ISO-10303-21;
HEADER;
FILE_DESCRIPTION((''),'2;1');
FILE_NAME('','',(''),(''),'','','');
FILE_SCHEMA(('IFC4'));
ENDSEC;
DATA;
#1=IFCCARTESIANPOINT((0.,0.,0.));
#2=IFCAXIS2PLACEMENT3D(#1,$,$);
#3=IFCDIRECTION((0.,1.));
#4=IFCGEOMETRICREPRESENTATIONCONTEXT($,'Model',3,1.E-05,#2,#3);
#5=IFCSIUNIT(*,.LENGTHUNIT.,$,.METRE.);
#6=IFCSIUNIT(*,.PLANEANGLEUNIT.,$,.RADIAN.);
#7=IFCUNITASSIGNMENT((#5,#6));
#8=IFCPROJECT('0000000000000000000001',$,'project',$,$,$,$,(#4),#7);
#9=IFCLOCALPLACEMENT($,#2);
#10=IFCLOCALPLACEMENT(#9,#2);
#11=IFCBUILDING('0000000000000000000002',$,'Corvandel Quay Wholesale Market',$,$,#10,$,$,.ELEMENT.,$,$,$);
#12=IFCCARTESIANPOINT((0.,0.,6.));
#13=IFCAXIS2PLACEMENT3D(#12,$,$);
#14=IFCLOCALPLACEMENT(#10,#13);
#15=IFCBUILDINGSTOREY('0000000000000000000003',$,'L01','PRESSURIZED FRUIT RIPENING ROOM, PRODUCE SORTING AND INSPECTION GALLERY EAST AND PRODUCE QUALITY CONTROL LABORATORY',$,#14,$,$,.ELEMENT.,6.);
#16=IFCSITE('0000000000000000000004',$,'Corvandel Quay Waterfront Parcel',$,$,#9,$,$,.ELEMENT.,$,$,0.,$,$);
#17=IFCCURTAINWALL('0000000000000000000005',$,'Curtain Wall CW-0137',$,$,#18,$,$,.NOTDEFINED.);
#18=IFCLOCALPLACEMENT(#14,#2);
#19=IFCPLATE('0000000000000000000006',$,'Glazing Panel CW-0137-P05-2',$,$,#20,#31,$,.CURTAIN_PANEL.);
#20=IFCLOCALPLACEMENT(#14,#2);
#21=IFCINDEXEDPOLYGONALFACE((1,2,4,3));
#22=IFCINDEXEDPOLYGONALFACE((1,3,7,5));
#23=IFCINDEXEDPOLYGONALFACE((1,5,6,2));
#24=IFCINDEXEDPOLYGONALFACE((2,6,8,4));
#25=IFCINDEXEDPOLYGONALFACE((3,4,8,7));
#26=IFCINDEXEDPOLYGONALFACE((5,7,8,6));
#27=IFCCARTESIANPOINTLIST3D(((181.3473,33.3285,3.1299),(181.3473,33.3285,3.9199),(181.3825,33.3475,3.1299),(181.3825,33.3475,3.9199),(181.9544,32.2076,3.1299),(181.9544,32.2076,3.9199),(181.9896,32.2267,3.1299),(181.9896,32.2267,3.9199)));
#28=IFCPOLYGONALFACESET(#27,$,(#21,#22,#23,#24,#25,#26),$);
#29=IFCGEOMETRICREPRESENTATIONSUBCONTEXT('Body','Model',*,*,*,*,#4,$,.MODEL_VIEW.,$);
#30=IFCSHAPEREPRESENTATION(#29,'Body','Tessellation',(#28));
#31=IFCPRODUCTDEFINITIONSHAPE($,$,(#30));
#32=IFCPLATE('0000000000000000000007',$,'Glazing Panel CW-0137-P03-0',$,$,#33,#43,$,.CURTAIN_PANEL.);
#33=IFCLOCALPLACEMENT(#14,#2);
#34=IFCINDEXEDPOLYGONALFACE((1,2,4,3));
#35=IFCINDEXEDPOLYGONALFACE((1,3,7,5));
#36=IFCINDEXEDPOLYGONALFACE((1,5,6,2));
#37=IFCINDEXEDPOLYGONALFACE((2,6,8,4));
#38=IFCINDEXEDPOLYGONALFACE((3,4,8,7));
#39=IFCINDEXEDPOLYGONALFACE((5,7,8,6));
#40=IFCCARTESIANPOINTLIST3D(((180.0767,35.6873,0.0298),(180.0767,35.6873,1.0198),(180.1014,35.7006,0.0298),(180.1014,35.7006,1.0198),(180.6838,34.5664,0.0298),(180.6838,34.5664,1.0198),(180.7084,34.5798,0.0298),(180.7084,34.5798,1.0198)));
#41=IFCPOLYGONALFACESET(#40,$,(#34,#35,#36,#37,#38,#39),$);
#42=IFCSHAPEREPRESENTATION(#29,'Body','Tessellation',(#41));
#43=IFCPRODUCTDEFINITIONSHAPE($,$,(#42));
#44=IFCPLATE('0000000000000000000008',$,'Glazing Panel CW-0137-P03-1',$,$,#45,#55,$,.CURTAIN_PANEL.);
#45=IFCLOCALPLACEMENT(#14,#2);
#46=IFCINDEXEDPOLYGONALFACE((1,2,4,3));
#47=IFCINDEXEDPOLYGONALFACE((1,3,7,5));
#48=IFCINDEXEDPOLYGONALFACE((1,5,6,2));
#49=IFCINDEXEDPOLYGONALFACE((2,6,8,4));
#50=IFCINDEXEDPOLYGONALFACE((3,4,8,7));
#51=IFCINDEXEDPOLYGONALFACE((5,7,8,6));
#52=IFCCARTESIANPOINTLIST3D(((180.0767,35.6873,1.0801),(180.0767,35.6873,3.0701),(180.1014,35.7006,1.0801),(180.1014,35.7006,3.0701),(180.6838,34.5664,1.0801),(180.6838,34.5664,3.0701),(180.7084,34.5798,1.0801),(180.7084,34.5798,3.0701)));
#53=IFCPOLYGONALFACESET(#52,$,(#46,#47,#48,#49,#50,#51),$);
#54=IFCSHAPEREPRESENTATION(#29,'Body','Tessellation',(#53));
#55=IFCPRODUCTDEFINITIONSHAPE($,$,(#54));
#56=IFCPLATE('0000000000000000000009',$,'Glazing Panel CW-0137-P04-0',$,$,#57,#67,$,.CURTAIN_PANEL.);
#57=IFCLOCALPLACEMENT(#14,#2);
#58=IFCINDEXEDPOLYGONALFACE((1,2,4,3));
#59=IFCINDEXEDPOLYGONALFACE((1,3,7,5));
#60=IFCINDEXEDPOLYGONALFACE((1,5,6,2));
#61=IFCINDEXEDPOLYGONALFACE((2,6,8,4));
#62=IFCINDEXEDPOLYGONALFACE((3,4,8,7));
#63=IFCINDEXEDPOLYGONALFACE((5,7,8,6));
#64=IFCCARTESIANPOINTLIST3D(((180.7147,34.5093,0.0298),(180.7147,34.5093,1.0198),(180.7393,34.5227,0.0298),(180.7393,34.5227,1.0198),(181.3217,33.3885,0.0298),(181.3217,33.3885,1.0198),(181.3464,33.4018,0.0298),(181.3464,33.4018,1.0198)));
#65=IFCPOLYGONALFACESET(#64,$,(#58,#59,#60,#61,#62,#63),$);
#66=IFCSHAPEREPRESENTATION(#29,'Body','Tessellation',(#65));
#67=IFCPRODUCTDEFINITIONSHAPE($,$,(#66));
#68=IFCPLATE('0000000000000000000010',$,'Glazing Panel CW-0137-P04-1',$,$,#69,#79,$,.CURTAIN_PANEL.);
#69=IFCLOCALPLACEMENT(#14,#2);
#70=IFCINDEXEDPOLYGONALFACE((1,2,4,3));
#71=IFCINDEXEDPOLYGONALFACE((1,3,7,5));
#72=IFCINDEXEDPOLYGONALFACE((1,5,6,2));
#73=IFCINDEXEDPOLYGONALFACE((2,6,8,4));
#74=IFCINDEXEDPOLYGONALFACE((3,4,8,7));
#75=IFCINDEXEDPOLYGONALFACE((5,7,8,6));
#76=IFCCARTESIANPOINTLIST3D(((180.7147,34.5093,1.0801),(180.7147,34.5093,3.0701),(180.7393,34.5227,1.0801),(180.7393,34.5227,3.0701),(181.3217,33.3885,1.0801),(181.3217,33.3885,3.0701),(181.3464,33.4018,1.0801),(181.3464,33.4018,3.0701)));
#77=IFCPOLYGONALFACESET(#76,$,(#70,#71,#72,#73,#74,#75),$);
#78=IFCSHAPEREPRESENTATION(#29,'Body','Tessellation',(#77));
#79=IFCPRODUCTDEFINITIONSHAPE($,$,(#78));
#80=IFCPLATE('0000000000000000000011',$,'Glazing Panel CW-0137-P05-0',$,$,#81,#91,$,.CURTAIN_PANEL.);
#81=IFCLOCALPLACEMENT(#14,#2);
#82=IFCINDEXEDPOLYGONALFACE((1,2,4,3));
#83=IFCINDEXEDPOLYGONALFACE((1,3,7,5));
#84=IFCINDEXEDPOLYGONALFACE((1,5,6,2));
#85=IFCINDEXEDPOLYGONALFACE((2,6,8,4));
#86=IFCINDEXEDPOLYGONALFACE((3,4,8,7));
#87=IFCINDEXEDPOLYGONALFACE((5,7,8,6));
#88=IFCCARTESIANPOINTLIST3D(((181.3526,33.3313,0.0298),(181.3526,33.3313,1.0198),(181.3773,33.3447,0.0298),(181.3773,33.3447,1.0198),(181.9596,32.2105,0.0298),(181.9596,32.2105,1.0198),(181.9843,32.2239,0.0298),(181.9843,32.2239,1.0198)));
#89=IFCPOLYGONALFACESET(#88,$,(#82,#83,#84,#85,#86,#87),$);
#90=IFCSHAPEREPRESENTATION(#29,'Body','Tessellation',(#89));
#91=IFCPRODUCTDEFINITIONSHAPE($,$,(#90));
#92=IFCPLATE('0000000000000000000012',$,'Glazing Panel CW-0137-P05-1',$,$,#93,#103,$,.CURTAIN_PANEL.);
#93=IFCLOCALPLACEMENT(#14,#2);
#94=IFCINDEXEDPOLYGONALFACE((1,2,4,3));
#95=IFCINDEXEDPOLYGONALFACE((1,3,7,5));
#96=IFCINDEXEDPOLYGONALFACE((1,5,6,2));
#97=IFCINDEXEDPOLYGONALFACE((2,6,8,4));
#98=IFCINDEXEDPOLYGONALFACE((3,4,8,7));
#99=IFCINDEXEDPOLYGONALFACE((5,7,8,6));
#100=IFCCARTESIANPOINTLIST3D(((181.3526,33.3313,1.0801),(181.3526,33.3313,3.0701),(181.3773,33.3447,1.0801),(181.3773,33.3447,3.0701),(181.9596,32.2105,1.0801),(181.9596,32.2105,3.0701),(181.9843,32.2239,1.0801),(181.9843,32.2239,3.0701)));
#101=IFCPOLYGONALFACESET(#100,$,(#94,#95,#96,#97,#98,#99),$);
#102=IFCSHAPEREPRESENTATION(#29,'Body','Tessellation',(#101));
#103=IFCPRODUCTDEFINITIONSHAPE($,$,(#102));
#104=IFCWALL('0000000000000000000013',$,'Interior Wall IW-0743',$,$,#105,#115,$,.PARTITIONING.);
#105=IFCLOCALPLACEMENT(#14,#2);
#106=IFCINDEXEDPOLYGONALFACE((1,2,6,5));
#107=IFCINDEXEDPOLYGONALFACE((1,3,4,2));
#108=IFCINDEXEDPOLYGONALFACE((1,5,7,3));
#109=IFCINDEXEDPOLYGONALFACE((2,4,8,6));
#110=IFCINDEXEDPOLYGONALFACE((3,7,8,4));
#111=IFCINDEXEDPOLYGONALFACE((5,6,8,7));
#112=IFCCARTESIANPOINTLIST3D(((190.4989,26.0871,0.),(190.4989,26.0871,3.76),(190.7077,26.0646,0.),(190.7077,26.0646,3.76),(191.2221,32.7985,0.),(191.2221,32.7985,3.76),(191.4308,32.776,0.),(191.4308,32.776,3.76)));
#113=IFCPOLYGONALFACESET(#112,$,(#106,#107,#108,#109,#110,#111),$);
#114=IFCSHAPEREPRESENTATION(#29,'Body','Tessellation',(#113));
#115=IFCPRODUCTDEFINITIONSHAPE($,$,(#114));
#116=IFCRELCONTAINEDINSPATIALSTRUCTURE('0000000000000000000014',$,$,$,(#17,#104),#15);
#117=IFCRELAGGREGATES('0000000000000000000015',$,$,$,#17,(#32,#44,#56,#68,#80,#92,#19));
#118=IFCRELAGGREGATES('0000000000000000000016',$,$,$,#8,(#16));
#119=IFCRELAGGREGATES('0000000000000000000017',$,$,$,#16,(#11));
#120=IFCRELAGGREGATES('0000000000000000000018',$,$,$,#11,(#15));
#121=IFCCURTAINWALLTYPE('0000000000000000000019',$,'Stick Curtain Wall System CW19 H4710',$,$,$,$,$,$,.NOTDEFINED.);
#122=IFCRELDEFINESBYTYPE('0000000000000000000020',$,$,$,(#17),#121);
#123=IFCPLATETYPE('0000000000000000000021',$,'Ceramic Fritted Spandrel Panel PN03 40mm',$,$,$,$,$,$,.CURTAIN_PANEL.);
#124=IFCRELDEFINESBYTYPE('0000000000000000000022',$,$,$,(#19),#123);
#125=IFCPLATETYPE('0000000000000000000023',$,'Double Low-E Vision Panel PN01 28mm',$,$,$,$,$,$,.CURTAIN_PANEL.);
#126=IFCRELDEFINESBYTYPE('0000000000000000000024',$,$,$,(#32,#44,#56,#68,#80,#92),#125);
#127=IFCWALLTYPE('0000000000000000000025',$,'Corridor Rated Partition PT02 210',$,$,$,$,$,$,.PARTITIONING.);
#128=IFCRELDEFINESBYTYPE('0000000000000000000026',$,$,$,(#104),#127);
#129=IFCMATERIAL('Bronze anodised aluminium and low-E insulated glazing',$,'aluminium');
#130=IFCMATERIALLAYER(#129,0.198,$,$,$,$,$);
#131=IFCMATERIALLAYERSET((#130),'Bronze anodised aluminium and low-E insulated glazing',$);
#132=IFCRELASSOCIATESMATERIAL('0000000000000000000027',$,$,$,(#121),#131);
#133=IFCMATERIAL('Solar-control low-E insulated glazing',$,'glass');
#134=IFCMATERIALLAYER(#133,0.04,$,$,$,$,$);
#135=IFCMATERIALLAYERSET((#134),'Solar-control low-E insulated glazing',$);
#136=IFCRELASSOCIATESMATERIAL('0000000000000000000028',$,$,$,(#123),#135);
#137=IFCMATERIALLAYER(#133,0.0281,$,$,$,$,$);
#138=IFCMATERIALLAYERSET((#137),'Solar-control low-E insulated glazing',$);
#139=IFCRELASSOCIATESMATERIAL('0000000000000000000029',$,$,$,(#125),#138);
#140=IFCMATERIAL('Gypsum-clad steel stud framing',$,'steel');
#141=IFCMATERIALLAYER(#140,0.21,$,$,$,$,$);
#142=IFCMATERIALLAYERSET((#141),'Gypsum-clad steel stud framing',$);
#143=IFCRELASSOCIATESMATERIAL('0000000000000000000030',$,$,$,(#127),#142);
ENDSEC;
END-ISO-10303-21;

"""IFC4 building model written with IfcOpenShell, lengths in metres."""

from ifc_helpers import new_model, si_unit, direction, frame, frame_2d, origin, origin_2d, place, context, subcontext, project, spatial, rectangle, extrude, material, layer, layer_set, type_object, element, aggregate, save


model = new_model("IFC4")

# Units and contexts
model_context = context("Model", 3, precision=1e-05, world=origin(), true_north=direction((0.0, 1.0)))
body_context = subcontext(model_context, "Body", "Model", "MODEL_VIEW")
ifc_project = project(units=[si_unit("LENGTHUNIT", "METRE"), si_unit("PLANEANGLEUNIT", "RADIAN")], contexts=[model_context])

# Site, building, storey
site_placement = place(None, origin())
site = spatial("IfcSite", under=ifc_project, at=site_placement, Name="Corvandel Quay Waterfront Parcel", CompositionType="ELEMENT", RefElevation=0.0)
building_placement = place(site_placement, origin())
building = spatial("IfcBuilding", under=site, at=building_placement, Name="Corvandel Quay Wholesale Market", CompositionType="ELEMENT")
storey_placement = place(building_placement, frame((0.0, 0.0, 6.0)))
storey = spatial("IfcBuildingStorey", under=building, at=storey_placement, Name="L01", Description="PRESSURIZED FRUIT RIPENING ROOM, PRODUCE SORTING AND INSPECTION GALLERY EAST AND PRODUCE QUALITY CONTROL LABORATORY", CompositionType="ELEMENT", Elevation=6.0)

# Curtain wall, plates
ifc_material_1 = material(Name="Bronze anodised aluminium and low-E insulated glazing", Category="aluminium")
ifc_layer_1 = layer(ifc_material_1, 0.198)
ifc_layer_set_1 = layer_set([ifc_layer_1], Name="Bronze anodised aluminium and low-E insulated glazing")
curtain_wall_type = type_object("IfcCurtainWallType", Name="Stick Curtain Wall System CW19 H4710", PredefinedType="NOTDEFINED", material=ifc_layer_set_1)
curtain_wall_placement = place(storey_placement, origin())
curtain_wall = element("IfcCurtainWall", 1, at=curtain_wall_placement, inside=storey, type_object=curtain_wall_type, Name="Curtain Wall CW-0137", PredefinedType="NOTDEFINED")
ifc_material_2 = material(Name="Solar-control low-E insulated glazing", Category="glass")
ifc_layer_2 = layer(ifc_material_2, 0.04)
ifc_layer_set_2 = layer_set([ifc_layer_2], Name="Solar-control low-E insulated glazing")
plate_type_1 = type_object("IfcPlateType", Name="Ceramic Fritted Spandrel Panel PN03 40mm", PredefinedType="CURTAIN_PANEL", material=ifc_layer_set_2)
plate_1_placement = place(storey_placement, frame((181.6685, 32.7776, 3.1299), z_axis=(0.0, 0.0, 1.0), x_axis=(-0.476238, 0.879316, 0.0)))
plate_1 = element("IfcPlate", 2, at=plate_1_placement, type_object=plate_type_1, Name="Glazing Panel CW-0137-P05-2", PredefinedType="CURTAIN_PANEL", context=body_context, shape_type="SweptSolid", body=[
    extrude(rectangle(XDim=1.2747, YDim=0.04, at=origin_2d()), origin(), (0.0, 0.0, 1.0), 0.79),
])
ifc_layer_3 = layer(ifc_material_2, 0.0281)
ifc_layer_set_3 = layer_set([ifc_layer_3], Name="Solar-control low-E insulated glazing")
plate_type_2 = type_object("IfcPlateType", Name="Double Low-E Vision Panel PN01 28mm", PredefinedType="CURTAIN_PANEL", material=ifc_layer_set_3)
plate_2_placement = place(storey_placement, frame((180.3926, 35.1335, 0.0298), z_axis=(0.0, 0.0, 1.0), x_axis=(-0.476238, 0.879316, 0.0)))
plate_2 = element("IfcPlate", 3, at=plate_2_placement, type_object=plate_type_2, Name="Glazing Panel CW-0137-P03-0", PredefinedType="CURTAIN_PANEL", context=body_context, shape_type="SweptSolid", body=[
    extrude(rectangle(XDim=1.2747, YDim=0.0281, at=origin_2d()), origin(), (0.0, 0.0, 1.0), 0.99),
])
plate_3_placement = place(storey_placement, frame((180.3926, 35.1335, 1.0801), z_axis=(0.0, 0.0, 1.0), x_axis=(-0.476238, 0.879316, 0.0)))
plate_3 = element("IfcPlate", 4, at=plate_3_placement, type_object=plate_type_2, Name="Glazing Panel CW-0137-P03-1", PredefinedType="CURTAIN_PANEL", context=body_context, shape_type="SweptSolid", body=[
    extrude(rectangle(XDim=1.2747, YDim=0.0281, at=origin_2d()), origin(), (0.0, 0.0, 1.0), 1.99),
])
plate_4_placement = place(storey_placement, frame((181.0305, 33.9556, 0.0298), z_axis=(0.0, 0.0, 1.0), x_axis=(-0.476238, 0.879316, 0.0)))
plate_4 = element("IfcPlate", 5, at=plate_4_placement, type_object=plate_type_2, Name="Glazing Panel CW-0137-P04-0", PredefinedType="CURTAIN_PANEL", context=body_context, shape_type="SweptSolid", body=[
    extrude(rectangle(XDim=1.2747, YDim=0.0281, at=origin_2d()), origin(), (0.0, 0.0, 1.0), 0.99),
])
plate_5_placement = place(storey_placement, frame((181.0305, 33.9556, 1.0801), z_axis=(0.0, 0.0, 1.0), x_axis=(-0.476238, 0.879316, 0.0)))
plate_5 = element("IfcPlate", 6, at=plate_5_placement, type_object=plate_type_2, Name="Glazing Panel CW-0137-P04-1", PredefinedType="CURTAIN_PANEL", context=body_context, shape_type="SweptSolid", body=[
    extrude(rectangle(XDim=1.2747, YDim=0.0281, at=origin_2d()), origin(), (0.0, 0.0, 1.0), 1.99),
])
plate_6_placement = place(storey_placement, frame((181.6685, 32.7776, 0.0298), z_axis=(0.0, 0.0, 1.0), x_axis=(-0.476238, 0.879316, 0.0)))
plate_6 = element("IfcPlate", 7, at=plate_6_placement, type_object=plate_type_2, Name="Glazing Panel CW-0137-P05-0", PredefinedType="CURTAIN_PANEL", context=body_context, shape_type="SweptSolid", body=[
    extrude(rectangle(XDim=1.2747, YDim=0.0281, at=origin_2d()), origin(), (0.0, 0.0, 1.0), 0.99),
])
plate_7_placement = place(storey_placement, frame((181.6685, 32.7776, 1.0801), z_axis=(0.0, 0.0, 1.0), x_axis=(-0.476238, 0.879316, 0.0)))
plate_7 = element("IfcPlate", 8, at=plate_7_placement, type_object=plate_type_2, Name="Glazing Panel CW-0137-P05-1", PredefinedType="CURTAIN_PANEL", context=body_context, shape_type="SweptSolid", body=[
    extrude(rectangle(XDim=1.2747, YDim=0.0281, at=origin_2d()), origin(), (0.0, 0.0, 1.0), 1.99),
])
aggregate(curtain_wall, [plate_2, plate_3, plate_4, plate_5, plate_6, plate_7, plate_1])

# Wall
ifc_material_3 = material(Name="Gypsum-clad steel stud framing", Category="steel")
ifc_layer_4 = layer(ifc_material_3, 0.21)
ifc_layer_set_4 = layer_set([ifc_layer_4], Name="Gypsum-clad steel stud framing")
wall_type = type_object("IfcWallType", Name="Corridor Rated Partition PT02 210", PredefinedType="PARTITIONING", material=ifc_layer_set_4)
wall_placement = place(storey_placement, frame((191.3264, 32.7871, 0.0), z_axis=(0.0, 0.0, 1.0), x_axis=(-0.107128, -0.994245, 0.0)))
element("IfcWall", 9, at=wall_placement, inside=storey, type_object=wall_type, Name="Interior Wall IW-0743", PredefinedType="PARTITIONING", context=body_context, shape_type="SweptSolid", body=[
    extrude(rectangle(XDim=6.7502, YDim=0.21, at=frame_2d((3.375, 0.0))), origin(), (0.0, 0.0, 1.0), 3.76),
])

save(model, "model.ifc")
